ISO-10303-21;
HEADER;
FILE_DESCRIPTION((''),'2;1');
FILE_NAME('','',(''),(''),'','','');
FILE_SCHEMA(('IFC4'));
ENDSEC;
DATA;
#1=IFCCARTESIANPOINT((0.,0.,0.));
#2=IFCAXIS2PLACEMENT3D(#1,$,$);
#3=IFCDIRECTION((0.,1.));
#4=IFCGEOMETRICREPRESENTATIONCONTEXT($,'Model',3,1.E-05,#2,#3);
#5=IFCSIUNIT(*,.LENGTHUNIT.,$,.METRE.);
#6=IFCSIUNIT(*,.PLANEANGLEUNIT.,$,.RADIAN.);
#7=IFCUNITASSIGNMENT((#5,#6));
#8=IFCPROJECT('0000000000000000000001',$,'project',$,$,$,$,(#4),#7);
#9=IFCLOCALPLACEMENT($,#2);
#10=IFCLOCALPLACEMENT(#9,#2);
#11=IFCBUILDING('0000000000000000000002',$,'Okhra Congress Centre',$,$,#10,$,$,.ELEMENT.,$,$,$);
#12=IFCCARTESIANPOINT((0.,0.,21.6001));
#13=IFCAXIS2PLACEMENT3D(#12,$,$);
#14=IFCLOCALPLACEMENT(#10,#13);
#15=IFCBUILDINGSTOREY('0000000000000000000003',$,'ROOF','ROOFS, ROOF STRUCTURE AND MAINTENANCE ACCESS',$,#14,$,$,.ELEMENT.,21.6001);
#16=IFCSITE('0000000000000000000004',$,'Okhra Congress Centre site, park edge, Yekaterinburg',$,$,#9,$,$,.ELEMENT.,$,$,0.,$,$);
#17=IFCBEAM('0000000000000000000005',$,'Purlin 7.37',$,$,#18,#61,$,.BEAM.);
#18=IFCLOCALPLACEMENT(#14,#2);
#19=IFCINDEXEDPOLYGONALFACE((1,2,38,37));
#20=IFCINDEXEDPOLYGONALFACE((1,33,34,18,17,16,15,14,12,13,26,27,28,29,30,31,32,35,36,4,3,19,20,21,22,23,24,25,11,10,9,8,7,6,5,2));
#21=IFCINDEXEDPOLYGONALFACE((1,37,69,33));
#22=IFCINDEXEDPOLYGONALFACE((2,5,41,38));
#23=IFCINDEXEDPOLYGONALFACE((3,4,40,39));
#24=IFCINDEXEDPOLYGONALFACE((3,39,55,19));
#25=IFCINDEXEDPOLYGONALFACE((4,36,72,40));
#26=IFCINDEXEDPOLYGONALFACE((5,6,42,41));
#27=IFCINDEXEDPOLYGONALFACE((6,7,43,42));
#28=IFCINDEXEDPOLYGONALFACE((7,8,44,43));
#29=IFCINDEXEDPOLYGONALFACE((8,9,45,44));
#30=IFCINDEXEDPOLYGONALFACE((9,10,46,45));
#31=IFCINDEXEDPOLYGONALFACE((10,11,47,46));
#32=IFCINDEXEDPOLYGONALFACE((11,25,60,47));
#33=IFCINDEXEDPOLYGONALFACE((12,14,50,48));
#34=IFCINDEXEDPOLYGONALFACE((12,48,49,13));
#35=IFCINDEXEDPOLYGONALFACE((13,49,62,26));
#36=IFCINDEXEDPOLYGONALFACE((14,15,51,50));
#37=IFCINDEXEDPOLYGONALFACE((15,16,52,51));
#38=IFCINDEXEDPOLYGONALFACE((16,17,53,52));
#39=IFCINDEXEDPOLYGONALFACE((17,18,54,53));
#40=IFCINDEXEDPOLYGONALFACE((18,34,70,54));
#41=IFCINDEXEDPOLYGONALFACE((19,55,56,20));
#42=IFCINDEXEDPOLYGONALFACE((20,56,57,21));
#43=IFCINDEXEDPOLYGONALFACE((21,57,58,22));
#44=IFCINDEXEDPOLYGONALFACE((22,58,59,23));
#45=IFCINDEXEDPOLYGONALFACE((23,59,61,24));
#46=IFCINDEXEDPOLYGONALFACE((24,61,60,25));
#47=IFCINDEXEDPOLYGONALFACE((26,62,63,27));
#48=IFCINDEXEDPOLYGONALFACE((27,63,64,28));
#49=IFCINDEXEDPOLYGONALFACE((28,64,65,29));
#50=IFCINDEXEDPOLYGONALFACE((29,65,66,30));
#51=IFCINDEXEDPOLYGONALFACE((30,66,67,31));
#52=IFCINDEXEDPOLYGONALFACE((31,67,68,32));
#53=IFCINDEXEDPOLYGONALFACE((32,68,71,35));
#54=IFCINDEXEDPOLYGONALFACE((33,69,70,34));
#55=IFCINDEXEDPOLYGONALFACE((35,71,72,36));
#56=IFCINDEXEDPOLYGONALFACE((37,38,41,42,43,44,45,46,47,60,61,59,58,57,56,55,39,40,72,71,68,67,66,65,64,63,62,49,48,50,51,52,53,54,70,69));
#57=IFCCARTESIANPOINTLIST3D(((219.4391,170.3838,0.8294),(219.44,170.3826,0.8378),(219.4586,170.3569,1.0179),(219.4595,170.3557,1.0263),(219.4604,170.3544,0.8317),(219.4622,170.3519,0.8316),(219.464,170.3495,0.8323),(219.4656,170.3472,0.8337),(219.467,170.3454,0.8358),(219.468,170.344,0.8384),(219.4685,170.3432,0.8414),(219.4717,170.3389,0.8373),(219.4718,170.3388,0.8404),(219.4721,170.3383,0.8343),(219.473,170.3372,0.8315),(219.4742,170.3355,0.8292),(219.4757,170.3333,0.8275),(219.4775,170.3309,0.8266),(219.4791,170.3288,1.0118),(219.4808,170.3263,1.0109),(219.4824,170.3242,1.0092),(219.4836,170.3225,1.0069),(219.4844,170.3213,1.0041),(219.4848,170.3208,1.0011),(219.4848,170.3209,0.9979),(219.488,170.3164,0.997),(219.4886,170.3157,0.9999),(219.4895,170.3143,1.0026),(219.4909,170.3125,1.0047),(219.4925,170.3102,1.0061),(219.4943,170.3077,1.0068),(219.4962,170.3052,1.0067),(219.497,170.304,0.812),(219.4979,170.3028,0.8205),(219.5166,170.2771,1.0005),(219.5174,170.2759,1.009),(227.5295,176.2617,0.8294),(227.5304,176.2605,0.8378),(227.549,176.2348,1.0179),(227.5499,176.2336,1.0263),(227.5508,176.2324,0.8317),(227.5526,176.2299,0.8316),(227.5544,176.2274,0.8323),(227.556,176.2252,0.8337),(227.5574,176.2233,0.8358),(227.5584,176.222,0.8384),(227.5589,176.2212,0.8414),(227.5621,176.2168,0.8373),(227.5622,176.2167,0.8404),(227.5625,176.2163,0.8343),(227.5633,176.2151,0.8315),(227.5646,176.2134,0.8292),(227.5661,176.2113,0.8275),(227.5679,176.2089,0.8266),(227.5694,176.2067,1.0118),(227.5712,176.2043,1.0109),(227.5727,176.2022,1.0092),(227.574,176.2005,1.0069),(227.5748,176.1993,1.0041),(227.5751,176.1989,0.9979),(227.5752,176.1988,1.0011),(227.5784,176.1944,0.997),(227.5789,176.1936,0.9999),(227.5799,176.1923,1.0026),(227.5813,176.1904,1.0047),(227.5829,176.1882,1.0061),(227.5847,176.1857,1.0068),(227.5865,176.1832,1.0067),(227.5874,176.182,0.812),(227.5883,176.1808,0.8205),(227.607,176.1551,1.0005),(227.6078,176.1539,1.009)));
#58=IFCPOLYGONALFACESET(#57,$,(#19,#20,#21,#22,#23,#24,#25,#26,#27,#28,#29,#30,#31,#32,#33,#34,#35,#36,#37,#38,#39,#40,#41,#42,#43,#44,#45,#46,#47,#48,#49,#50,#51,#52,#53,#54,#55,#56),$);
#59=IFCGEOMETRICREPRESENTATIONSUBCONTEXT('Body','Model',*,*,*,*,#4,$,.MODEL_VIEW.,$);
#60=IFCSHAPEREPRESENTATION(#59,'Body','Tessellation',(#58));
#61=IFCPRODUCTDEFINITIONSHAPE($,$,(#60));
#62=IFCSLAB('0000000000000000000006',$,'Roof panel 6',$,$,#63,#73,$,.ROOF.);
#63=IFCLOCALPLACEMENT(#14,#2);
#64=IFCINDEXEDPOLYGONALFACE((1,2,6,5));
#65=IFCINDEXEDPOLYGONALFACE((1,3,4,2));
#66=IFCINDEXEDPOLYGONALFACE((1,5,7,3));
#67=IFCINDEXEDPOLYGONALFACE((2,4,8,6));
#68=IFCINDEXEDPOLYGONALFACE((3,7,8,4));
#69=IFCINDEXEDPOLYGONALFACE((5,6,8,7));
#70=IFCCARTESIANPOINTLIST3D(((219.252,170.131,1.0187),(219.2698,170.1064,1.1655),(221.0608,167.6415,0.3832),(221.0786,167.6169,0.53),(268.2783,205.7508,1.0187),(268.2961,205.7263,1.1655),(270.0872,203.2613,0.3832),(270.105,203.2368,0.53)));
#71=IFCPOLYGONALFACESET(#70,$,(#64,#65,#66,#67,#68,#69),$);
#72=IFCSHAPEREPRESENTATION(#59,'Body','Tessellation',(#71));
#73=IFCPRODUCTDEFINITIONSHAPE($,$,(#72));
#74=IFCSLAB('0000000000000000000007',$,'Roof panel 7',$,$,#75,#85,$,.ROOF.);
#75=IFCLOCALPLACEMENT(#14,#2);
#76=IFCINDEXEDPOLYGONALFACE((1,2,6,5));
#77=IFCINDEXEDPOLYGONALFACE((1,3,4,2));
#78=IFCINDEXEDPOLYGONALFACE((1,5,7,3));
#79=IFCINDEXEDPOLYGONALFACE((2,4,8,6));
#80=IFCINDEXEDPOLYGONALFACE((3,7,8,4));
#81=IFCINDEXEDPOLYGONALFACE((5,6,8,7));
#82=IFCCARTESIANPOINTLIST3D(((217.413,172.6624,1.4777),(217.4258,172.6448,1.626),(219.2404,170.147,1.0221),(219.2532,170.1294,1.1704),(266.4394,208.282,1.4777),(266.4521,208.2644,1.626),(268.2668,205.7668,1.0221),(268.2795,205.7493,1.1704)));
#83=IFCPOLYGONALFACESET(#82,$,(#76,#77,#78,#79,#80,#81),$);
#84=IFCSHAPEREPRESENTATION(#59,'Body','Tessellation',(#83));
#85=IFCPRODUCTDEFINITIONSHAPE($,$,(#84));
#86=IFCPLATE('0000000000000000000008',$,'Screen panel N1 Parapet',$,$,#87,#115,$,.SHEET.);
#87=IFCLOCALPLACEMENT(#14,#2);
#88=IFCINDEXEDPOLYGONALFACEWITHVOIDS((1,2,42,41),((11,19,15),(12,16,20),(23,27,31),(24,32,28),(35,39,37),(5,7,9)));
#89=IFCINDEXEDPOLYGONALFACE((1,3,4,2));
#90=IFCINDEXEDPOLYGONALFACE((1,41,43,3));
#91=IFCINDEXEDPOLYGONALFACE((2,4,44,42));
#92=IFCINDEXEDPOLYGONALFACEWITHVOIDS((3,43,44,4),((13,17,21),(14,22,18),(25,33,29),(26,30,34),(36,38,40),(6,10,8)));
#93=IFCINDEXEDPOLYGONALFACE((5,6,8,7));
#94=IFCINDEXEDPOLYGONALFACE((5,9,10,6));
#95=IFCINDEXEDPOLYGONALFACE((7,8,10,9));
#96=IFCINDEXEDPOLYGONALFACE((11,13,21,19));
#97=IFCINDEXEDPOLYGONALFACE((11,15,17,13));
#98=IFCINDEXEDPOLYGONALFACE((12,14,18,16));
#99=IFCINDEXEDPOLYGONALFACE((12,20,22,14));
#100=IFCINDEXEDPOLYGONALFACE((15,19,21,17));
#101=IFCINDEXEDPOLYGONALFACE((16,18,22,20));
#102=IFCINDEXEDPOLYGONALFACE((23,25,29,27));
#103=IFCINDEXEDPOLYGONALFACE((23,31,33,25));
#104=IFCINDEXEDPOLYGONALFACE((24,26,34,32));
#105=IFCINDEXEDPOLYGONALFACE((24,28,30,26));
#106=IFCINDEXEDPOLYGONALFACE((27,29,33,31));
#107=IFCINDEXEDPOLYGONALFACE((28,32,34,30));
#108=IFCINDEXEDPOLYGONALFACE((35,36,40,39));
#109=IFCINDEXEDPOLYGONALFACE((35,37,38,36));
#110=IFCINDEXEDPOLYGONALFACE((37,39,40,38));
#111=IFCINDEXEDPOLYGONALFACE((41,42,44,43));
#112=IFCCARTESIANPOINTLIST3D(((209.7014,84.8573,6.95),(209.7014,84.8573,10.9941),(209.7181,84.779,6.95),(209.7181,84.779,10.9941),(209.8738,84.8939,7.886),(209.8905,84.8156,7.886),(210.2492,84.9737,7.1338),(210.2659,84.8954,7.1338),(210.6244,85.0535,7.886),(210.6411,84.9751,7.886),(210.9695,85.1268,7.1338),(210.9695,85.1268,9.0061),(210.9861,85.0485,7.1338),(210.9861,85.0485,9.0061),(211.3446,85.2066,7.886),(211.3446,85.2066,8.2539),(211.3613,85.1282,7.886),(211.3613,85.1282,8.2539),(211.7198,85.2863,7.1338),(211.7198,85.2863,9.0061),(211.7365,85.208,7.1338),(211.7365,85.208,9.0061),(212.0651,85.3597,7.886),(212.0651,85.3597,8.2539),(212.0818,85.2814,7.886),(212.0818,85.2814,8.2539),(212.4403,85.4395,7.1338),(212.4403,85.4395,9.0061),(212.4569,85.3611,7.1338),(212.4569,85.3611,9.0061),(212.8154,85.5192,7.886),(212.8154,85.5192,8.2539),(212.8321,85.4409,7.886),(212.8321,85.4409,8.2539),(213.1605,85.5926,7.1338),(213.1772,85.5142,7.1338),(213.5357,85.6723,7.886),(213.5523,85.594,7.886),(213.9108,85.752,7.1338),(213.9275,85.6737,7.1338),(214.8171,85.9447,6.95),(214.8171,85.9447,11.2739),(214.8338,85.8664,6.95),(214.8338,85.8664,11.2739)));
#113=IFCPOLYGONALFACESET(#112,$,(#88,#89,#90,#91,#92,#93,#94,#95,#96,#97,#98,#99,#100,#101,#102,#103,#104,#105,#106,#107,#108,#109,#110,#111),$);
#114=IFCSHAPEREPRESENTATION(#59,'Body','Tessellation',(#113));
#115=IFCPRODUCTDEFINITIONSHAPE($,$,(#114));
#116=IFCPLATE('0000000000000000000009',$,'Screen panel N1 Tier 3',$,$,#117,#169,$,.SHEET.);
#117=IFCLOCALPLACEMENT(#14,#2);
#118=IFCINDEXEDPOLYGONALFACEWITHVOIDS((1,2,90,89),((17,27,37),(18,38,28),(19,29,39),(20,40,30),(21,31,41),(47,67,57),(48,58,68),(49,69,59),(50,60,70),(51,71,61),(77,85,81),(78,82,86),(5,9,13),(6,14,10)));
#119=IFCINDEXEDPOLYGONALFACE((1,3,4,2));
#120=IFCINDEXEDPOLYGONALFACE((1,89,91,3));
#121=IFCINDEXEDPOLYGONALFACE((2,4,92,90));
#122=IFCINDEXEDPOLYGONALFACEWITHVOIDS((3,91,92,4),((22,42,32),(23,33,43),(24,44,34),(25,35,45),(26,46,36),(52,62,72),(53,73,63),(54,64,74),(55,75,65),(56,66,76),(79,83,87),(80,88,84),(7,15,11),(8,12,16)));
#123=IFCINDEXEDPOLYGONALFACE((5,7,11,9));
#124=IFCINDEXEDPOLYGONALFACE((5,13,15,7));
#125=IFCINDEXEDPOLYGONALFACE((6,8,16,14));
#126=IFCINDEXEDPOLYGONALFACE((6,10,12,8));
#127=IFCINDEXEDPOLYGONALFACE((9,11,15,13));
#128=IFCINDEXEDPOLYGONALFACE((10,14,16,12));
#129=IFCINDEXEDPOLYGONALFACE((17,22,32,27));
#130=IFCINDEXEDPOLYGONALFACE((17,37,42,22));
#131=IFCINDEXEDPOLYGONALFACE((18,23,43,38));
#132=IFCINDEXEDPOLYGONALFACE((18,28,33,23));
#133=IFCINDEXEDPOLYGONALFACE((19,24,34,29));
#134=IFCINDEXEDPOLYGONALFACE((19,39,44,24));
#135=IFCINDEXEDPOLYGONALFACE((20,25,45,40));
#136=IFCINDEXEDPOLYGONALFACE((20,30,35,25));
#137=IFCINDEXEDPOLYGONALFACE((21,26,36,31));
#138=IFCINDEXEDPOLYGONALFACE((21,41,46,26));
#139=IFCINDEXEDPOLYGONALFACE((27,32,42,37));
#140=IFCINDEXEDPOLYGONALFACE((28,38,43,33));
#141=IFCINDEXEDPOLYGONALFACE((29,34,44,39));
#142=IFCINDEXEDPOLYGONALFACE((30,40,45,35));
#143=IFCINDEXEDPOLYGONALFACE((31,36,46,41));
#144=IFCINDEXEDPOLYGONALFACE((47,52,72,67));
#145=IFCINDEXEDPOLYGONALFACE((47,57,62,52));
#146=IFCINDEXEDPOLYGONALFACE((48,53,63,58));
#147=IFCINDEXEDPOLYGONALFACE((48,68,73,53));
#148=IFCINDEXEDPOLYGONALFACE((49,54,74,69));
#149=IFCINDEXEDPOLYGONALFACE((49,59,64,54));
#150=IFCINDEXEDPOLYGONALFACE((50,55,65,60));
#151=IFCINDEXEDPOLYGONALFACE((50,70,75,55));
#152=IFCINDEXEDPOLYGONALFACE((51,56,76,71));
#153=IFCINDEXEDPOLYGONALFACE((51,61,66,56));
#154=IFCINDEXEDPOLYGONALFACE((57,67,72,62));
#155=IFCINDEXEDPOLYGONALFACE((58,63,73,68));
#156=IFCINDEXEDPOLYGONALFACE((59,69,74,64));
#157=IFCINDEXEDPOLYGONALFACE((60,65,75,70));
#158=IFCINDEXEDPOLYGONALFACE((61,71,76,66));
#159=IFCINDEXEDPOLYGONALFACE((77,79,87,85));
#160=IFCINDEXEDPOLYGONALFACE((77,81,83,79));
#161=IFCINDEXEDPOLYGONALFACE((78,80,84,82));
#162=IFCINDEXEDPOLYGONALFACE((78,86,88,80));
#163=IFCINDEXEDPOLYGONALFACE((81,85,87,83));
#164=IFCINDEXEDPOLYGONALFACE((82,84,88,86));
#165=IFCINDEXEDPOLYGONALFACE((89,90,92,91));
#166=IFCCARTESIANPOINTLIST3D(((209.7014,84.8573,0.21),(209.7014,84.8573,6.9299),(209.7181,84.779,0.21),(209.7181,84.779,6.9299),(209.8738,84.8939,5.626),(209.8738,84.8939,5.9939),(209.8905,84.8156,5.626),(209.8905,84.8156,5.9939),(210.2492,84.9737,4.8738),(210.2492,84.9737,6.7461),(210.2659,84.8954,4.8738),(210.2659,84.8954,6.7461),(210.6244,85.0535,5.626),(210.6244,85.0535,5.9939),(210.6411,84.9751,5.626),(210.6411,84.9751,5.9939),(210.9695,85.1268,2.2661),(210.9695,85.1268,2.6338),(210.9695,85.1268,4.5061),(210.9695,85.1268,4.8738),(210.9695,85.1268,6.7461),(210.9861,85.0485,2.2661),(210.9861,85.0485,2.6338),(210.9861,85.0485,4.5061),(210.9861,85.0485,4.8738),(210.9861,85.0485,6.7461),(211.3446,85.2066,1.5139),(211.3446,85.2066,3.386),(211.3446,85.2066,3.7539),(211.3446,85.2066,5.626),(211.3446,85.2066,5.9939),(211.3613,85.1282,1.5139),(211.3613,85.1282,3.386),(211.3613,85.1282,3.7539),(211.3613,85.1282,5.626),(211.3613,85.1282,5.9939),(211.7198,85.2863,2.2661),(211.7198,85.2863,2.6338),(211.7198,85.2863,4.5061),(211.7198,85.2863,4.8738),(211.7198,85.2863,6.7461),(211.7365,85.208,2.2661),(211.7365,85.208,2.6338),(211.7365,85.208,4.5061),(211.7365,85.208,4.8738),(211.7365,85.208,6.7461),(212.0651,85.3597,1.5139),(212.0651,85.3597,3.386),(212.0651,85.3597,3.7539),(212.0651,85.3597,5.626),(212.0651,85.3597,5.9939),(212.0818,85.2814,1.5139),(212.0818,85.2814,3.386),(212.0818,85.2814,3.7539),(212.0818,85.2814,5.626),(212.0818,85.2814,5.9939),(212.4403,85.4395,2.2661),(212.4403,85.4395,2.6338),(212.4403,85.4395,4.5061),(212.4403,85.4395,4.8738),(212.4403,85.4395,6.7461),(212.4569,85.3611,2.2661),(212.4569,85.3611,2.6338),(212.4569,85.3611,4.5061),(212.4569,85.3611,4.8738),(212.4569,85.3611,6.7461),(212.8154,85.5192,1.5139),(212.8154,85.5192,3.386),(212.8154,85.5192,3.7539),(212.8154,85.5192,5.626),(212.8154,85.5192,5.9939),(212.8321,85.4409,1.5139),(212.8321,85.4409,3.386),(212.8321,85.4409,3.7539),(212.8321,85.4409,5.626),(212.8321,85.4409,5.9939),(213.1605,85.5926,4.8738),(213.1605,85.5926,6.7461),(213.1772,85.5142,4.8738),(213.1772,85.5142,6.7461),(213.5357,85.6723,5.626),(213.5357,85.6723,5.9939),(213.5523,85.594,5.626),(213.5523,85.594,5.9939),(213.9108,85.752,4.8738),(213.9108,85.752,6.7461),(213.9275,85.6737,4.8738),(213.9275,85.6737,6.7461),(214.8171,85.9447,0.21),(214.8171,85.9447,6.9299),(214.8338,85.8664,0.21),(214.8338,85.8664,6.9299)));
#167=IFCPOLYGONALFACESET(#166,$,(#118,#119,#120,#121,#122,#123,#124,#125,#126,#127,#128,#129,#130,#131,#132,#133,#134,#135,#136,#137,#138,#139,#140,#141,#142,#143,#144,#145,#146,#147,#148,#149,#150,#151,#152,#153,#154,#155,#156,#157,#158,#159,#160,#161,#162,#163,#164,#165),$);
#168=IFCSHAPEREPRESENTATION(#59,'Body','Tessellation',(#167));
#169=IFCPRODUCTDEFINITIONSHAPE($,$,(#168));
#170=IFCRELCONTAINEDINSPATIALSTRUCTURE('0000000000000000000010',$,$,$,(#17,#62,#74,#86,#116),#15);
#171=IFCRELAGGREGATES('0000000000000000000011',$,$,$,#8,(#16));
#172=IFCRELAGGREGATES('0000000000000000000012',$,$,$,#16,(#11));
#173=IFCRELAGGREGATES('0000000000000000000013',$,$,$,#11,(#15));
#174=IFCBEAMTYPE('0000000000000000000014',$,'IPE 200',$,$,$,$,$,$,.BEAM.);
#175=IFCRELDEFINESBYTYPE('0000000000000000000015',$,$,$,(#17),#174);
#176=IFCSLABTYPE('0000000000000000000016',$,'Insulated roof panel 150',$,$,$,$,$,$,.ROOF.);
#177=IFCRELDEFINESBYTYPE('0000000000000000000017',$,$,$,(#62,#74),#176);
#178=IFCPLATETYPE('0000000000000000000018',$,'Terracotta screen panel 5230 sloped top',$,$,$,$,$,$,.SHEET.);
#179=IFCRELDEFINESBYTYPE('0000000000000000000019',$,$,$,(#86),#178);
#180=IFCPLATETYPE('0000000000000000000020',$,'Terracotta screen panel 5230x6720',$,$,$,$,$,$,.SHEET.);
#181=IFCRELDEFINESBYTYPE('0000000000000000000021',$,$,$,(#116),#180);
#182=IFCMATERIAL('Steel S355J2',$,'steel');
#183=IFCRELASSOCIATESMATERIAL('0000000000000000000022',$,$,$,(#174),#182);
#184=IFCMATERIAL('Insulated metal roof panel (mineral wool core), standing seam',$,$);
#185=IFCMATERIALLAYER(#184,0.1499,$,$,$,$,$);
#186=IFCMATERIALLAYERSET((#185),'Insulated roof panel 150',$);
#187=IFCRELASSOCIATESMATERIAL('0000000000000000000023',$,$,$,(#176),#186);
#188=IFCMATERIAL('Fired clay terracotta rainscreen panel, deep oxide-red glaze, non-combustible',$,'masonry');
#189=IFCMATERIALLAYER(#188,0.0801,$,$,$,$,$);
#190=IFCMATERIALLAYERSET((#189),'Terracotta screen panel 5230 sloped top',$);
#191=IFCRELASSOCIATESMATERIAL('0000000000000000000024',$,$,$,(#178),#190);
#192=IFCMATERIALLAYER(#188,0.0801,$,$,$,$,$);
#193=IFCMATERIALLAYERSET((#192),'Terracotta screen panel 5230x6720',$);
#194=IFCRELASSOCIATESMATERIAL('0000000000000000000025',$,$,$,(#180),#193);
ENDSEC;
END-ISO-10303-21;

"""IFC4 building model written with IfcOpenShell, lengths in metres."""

from ifc_helpers import new_model, si_unit, direction, frame, origin, origin_2d, place, context, subcontext, project, spatial, polyline, i_section, outline, extrude, material, layer, layer_set, material_profile, profile_set, type_object, element, save


model = new_model("IFC4")

# Units and contexts
model_context = context("Model", 3, precision=1e-05, world=origin(), true_north=direction((0.0, 1.0)))
body_context = subcontext(model_context, "Body", "Model", "MODEL_VIEW")
ifc_project = project(units=[si_unit("LENGTHUNIT", "METRE"), si_unit("PLANEANGLEUNIT", "RADIAN")], contexts=[model_context])

# Site, building, storey
site_placement = place(None, origin())
site = spatial("IfcSite", under=ifc_project, at=site_placement, Name="Okhra Congress Centre site, park edge, Yekaterinburg", CompositionType="ELEMENT", RefElevation=0.0)
building_placement = place(site_placement, origin())
building = spatial("IfcBuilding", under=site, at=building_placement, Name="Okhra Congress Centre", CompositionType="ELEMENT")
storey_placement = place(building_placement, frame((0.0, 0.0, 21.6001)))
storey = spatial("IfcBuildingStorey", under=building, at=storey_placement, Name="ROOF", Description="ROOFS, ROOF STRUCTURE AND MAINTENANCE ACCESS", CompositionType="ELEMENT", Elevation=21.6001)

# Shared definitions
ifc_material_1 = material(Name="Steel S355J2", Category="steel")

# Beam
ifc_material_profile_1 = material_profile(ifc_material_1, i_section(OverallWidth=0.1001, OverallDepth=0.2, WebThickness=0.0056, FlangeThickness=0.0085, FilletRadius=0.012, at=origin_2d()), Name="IPE 200")
ifc_profile_set_1 = profile_set([ifc_material_profile_1], Name="Steel S355J2")
beam_type = type_object("IfcBeamType", Name="IPE 200", PredefinedType="BEAM", material=ifc_profile_set_1)
for number, where, z_axis, x_axis, name in (
    (1, (219.4783, 170.3298, 0.9192), (0.809019, 0.587783, 0.0), (-0.578853, 0.796728, 0.173648), "Purlin 7.37"),
):
    element("IfcBeam", number, at=place(storey_placement, frame(where, z_axis=z_axis, x_axis=x_axis)), inside=storey, type_object=beam_type, Name=name, PredefinedType="BEAM", context=body_context, shape_type="SweptSolid", body=[
        extrude(i_section(OverallWidth=0.1001, OverallDepth=0.2, WebThickness=0.0056, FlangeThickness=0.0085, FilletRadius=0.012, at=origin_2d()), origin(), (0.0, 0.0, 1.0), 10.0002),
    ])

# Slabs
ifc_material_2 = material(Name="Insulated metal roof panel (mineral wool core), standing seam")
ifc_layer_1 = layer(ifc_material_2, 0.1499)
ifc_layer_set_1 = layer_set([ifc_layer_1], Name="Insulated roof panel 150")
slab_type = type_object("IfcSlabType", Name="Insulated roof panel 150", PredefinedType="ROOF", material=ifc_layer_set_1)
slab_1_placement = place(storey_placement, frame((221.0786, 167.6169, 0.53), z_axis=(0.118878, -0.163621, 0.979335), x_axis=(0.809016, 0.587787, 0.0)))
element("IfcSlab", 2, at=slab_1_placement, inside=storey, type_object=slab_type, Name="Roof panel 6", PredefinedType="ROOF", context=body_context, shape_type="SweptSolid", body=[
    extrude(outline(polyline([(0.0, 0.0), (60.6, 0.0), (60.5999, 3.1422), (-0.0001, 3.1422), (0.0, 0.0)])), origin(), (0.0, 0.0, -1.0), 0.1499),
])
slab_2_placement = place(storey_placement, frame((219.2532, 170.1294, 1.1704), z_axis=(0.085219, -0.117294, 0.989434), x_axis=(0.809016, 0.587787, 0.0)))
element("IfcSlab", 3, at=slab_2_placement, inside=storey, type_object=slab_type, Name="Roof panel 7", PredefinedType="ROOF", context=body_context, shape_type="SweptSolid", body=[
    extrude(outline(polyline([(0.0, 0.0), (60.6, 0.0), (60.6, 3.1421), (0.0001, 3.1423), (0.0, 0.0)])), origin(), (0.0, 0.0, -1.0), 0.1499),
])

# Plates
ifc_material_3 = material(Name="Fired clay terracotta rainscreen panel, deep oxide-red glaze, non-combustible", Category="masonry")
ifc_layer_2 = layer(ifc_material_3, 0.0801)
ifc_layer_set_2 = layer_set([ifc_layer_2], Name="Terracotta screen panel 5230 sloped top")
plate_type_1 = type_object("IfcPlateType", Name="Terracotta screen panel 5230 sloped top", PredefinedType="SHEET", material=ifc_layer_set_2)
plate_1_placement = place(storey_placement, frame((214.8254, 85.9055, 6.95), z_axis=(0.0, 0.0, 1.0), x_axis=(-0.978147, -0.207916, 0.0)))
element("IfcPlate", 4, at=plate_1_placement, inside=storey, type_object=plate_type_1, Name="Screen panel N1 Parapet", PredefinedType="SHEET", context=body_context, shape_type="SweptSolid", body=[
    extrude(outline(polyline([(0.0, 0.0), (5.23, 0.0), (5.23, 4.0442), (0.0, 4.324), (0.0, 0.0)]), holes=[polyline([(0.9265, 0.1838), (1.6936, 0.1838), (1.3101, 0.936), (0.9265, 0.1838)]), polyline([(2.0464, 0.936), (2.4299, 0.1838), (2.8135, 0.936), (2.0464, 0.936)]), polyline([(3.1665, 0.1838), (3.9336, 0.1838), (3.55, 0.936), (3.1665, 0.1838)]), polyline([(4.2864, 0.936), (4.6699, 0.1838), (5.0537, 0.936), (4.2864, 0.936)]), polyline([(2.0464, 1.304), (2.8135, 1.304), (2.4299, 2.0562), (2.0464, 1.304)]), polyline([(3.1665, 2.0562), (3.55, 1.304), (3.9336, 2.0562), (3.1665, 2.0562)])]), frame((0.0, 0.04, 0.0), z_axis=(0.0, -1.0, 0.0), x_axis=(1.0, 0.0, 0.0)), (0.0, 0.0, 1.0), 0.0801),
])
ifc_layer_3 = layer(ifc_material_3, 0.0801)
ifc_layer_set_3 = layer_set([ifc_layer_3], Name="Terracotta screen panel 5230x6720")
plate_type_2 = type_object("IfcPlateType", Name="Terracotta screen panel 5230x6720", PredefinedType="SHEET", material=ifc_layer_set_3)
plate_2_placement = place(storey_placement, frame((214.8254, 85.9055, 0.21), z_axis=(0.0, 0.0, 1.0), x_axis=(-0.978147, -0.207916, 0.0)))
element("IfcPlate", 5, at=plate_2_placement, inside=storey, type_object=plate_type_2, Name="Screen panel N1 Tier 3", PredefinedType="SHEET", context=body_context, shape_type="SweptSolid", body=[
    extrude(outline(polyline([(0.0, 0.0), (5.23, 0.0), (5.23, 6.72), (0.0, 6.72), (0.0, 0.0)]), holes=[polyline([(2.0464, 1.304), (2.8135, 1.304), (2.4299, 2.0562), (2.0464, 1.304)]), polyline([(3.1665, 2.0562), (3.55, 1.304), (3.9336, 2.0562), (3.1665, 2.0562)]), polyline([(2.0464, 3.176), (2.4299, 2.4238), (2.8135, 3.176), (2.0464, 3.176)]), polyline([(3.1665, 2.4238), (3.9336, 2.4238), (3.55, 3.176), (3.1665, 2.4238)]), polyline([(2.0464, 3.5439), (2.8135, 3.5439), (2.4299, 4.2961), (2.0464, 3.5439)]), polyline([(3.1665, 4.2961), (3.55, 3.5439), (3.9336, 4.2961), (3.1665, 4.2961)]), polyline([(0.9265, 4.6638), (1.6936, 4.6638), (1.3101, 5.416), (0.9265, 4.6638)]), polyline([(2.0464, 5.416), (2.4299, 4.6638), (2.8135, 5.416), (2.0464, 5.416)]), polyline([(3.1665, 4.6638), (3.9336, 4.6638), (3.55, 5.416), (3.1665, 4.6638)]), polyline([(4.2864, 5.416), (4.6699, 4.6638), (5.0537, 5.416), (4.2864, 5.416)]), polyline([(0.9265, 6.5361), (1.3101, 5.7839), (1.6936, 6.5361), (0.9265, 6.5361)]), polyline([(2.0464, 5.7839), (2.8135, 5.7839), (2.4299, 6.5361), (2.0464, 5.7839)]), polyline([(3.1665, 6.5361), (3.55, 5.7839), (3.9336, 6.5361), (3.1665, 6.5361)]), polyline([(4.2864, 5.7839), (5.0537, 5.7839), (4.6699, 6.5361), (4.2864, 5.7839)])]), frame((0.0, 0.04, 0.0), z_axis=(0.0, -1.0, 0.0), x_axis=(1.0, 0.0, 0.0)), (0.0, 0.0, 1.0), 0.0801),
])

save(model, "model.ifc")
